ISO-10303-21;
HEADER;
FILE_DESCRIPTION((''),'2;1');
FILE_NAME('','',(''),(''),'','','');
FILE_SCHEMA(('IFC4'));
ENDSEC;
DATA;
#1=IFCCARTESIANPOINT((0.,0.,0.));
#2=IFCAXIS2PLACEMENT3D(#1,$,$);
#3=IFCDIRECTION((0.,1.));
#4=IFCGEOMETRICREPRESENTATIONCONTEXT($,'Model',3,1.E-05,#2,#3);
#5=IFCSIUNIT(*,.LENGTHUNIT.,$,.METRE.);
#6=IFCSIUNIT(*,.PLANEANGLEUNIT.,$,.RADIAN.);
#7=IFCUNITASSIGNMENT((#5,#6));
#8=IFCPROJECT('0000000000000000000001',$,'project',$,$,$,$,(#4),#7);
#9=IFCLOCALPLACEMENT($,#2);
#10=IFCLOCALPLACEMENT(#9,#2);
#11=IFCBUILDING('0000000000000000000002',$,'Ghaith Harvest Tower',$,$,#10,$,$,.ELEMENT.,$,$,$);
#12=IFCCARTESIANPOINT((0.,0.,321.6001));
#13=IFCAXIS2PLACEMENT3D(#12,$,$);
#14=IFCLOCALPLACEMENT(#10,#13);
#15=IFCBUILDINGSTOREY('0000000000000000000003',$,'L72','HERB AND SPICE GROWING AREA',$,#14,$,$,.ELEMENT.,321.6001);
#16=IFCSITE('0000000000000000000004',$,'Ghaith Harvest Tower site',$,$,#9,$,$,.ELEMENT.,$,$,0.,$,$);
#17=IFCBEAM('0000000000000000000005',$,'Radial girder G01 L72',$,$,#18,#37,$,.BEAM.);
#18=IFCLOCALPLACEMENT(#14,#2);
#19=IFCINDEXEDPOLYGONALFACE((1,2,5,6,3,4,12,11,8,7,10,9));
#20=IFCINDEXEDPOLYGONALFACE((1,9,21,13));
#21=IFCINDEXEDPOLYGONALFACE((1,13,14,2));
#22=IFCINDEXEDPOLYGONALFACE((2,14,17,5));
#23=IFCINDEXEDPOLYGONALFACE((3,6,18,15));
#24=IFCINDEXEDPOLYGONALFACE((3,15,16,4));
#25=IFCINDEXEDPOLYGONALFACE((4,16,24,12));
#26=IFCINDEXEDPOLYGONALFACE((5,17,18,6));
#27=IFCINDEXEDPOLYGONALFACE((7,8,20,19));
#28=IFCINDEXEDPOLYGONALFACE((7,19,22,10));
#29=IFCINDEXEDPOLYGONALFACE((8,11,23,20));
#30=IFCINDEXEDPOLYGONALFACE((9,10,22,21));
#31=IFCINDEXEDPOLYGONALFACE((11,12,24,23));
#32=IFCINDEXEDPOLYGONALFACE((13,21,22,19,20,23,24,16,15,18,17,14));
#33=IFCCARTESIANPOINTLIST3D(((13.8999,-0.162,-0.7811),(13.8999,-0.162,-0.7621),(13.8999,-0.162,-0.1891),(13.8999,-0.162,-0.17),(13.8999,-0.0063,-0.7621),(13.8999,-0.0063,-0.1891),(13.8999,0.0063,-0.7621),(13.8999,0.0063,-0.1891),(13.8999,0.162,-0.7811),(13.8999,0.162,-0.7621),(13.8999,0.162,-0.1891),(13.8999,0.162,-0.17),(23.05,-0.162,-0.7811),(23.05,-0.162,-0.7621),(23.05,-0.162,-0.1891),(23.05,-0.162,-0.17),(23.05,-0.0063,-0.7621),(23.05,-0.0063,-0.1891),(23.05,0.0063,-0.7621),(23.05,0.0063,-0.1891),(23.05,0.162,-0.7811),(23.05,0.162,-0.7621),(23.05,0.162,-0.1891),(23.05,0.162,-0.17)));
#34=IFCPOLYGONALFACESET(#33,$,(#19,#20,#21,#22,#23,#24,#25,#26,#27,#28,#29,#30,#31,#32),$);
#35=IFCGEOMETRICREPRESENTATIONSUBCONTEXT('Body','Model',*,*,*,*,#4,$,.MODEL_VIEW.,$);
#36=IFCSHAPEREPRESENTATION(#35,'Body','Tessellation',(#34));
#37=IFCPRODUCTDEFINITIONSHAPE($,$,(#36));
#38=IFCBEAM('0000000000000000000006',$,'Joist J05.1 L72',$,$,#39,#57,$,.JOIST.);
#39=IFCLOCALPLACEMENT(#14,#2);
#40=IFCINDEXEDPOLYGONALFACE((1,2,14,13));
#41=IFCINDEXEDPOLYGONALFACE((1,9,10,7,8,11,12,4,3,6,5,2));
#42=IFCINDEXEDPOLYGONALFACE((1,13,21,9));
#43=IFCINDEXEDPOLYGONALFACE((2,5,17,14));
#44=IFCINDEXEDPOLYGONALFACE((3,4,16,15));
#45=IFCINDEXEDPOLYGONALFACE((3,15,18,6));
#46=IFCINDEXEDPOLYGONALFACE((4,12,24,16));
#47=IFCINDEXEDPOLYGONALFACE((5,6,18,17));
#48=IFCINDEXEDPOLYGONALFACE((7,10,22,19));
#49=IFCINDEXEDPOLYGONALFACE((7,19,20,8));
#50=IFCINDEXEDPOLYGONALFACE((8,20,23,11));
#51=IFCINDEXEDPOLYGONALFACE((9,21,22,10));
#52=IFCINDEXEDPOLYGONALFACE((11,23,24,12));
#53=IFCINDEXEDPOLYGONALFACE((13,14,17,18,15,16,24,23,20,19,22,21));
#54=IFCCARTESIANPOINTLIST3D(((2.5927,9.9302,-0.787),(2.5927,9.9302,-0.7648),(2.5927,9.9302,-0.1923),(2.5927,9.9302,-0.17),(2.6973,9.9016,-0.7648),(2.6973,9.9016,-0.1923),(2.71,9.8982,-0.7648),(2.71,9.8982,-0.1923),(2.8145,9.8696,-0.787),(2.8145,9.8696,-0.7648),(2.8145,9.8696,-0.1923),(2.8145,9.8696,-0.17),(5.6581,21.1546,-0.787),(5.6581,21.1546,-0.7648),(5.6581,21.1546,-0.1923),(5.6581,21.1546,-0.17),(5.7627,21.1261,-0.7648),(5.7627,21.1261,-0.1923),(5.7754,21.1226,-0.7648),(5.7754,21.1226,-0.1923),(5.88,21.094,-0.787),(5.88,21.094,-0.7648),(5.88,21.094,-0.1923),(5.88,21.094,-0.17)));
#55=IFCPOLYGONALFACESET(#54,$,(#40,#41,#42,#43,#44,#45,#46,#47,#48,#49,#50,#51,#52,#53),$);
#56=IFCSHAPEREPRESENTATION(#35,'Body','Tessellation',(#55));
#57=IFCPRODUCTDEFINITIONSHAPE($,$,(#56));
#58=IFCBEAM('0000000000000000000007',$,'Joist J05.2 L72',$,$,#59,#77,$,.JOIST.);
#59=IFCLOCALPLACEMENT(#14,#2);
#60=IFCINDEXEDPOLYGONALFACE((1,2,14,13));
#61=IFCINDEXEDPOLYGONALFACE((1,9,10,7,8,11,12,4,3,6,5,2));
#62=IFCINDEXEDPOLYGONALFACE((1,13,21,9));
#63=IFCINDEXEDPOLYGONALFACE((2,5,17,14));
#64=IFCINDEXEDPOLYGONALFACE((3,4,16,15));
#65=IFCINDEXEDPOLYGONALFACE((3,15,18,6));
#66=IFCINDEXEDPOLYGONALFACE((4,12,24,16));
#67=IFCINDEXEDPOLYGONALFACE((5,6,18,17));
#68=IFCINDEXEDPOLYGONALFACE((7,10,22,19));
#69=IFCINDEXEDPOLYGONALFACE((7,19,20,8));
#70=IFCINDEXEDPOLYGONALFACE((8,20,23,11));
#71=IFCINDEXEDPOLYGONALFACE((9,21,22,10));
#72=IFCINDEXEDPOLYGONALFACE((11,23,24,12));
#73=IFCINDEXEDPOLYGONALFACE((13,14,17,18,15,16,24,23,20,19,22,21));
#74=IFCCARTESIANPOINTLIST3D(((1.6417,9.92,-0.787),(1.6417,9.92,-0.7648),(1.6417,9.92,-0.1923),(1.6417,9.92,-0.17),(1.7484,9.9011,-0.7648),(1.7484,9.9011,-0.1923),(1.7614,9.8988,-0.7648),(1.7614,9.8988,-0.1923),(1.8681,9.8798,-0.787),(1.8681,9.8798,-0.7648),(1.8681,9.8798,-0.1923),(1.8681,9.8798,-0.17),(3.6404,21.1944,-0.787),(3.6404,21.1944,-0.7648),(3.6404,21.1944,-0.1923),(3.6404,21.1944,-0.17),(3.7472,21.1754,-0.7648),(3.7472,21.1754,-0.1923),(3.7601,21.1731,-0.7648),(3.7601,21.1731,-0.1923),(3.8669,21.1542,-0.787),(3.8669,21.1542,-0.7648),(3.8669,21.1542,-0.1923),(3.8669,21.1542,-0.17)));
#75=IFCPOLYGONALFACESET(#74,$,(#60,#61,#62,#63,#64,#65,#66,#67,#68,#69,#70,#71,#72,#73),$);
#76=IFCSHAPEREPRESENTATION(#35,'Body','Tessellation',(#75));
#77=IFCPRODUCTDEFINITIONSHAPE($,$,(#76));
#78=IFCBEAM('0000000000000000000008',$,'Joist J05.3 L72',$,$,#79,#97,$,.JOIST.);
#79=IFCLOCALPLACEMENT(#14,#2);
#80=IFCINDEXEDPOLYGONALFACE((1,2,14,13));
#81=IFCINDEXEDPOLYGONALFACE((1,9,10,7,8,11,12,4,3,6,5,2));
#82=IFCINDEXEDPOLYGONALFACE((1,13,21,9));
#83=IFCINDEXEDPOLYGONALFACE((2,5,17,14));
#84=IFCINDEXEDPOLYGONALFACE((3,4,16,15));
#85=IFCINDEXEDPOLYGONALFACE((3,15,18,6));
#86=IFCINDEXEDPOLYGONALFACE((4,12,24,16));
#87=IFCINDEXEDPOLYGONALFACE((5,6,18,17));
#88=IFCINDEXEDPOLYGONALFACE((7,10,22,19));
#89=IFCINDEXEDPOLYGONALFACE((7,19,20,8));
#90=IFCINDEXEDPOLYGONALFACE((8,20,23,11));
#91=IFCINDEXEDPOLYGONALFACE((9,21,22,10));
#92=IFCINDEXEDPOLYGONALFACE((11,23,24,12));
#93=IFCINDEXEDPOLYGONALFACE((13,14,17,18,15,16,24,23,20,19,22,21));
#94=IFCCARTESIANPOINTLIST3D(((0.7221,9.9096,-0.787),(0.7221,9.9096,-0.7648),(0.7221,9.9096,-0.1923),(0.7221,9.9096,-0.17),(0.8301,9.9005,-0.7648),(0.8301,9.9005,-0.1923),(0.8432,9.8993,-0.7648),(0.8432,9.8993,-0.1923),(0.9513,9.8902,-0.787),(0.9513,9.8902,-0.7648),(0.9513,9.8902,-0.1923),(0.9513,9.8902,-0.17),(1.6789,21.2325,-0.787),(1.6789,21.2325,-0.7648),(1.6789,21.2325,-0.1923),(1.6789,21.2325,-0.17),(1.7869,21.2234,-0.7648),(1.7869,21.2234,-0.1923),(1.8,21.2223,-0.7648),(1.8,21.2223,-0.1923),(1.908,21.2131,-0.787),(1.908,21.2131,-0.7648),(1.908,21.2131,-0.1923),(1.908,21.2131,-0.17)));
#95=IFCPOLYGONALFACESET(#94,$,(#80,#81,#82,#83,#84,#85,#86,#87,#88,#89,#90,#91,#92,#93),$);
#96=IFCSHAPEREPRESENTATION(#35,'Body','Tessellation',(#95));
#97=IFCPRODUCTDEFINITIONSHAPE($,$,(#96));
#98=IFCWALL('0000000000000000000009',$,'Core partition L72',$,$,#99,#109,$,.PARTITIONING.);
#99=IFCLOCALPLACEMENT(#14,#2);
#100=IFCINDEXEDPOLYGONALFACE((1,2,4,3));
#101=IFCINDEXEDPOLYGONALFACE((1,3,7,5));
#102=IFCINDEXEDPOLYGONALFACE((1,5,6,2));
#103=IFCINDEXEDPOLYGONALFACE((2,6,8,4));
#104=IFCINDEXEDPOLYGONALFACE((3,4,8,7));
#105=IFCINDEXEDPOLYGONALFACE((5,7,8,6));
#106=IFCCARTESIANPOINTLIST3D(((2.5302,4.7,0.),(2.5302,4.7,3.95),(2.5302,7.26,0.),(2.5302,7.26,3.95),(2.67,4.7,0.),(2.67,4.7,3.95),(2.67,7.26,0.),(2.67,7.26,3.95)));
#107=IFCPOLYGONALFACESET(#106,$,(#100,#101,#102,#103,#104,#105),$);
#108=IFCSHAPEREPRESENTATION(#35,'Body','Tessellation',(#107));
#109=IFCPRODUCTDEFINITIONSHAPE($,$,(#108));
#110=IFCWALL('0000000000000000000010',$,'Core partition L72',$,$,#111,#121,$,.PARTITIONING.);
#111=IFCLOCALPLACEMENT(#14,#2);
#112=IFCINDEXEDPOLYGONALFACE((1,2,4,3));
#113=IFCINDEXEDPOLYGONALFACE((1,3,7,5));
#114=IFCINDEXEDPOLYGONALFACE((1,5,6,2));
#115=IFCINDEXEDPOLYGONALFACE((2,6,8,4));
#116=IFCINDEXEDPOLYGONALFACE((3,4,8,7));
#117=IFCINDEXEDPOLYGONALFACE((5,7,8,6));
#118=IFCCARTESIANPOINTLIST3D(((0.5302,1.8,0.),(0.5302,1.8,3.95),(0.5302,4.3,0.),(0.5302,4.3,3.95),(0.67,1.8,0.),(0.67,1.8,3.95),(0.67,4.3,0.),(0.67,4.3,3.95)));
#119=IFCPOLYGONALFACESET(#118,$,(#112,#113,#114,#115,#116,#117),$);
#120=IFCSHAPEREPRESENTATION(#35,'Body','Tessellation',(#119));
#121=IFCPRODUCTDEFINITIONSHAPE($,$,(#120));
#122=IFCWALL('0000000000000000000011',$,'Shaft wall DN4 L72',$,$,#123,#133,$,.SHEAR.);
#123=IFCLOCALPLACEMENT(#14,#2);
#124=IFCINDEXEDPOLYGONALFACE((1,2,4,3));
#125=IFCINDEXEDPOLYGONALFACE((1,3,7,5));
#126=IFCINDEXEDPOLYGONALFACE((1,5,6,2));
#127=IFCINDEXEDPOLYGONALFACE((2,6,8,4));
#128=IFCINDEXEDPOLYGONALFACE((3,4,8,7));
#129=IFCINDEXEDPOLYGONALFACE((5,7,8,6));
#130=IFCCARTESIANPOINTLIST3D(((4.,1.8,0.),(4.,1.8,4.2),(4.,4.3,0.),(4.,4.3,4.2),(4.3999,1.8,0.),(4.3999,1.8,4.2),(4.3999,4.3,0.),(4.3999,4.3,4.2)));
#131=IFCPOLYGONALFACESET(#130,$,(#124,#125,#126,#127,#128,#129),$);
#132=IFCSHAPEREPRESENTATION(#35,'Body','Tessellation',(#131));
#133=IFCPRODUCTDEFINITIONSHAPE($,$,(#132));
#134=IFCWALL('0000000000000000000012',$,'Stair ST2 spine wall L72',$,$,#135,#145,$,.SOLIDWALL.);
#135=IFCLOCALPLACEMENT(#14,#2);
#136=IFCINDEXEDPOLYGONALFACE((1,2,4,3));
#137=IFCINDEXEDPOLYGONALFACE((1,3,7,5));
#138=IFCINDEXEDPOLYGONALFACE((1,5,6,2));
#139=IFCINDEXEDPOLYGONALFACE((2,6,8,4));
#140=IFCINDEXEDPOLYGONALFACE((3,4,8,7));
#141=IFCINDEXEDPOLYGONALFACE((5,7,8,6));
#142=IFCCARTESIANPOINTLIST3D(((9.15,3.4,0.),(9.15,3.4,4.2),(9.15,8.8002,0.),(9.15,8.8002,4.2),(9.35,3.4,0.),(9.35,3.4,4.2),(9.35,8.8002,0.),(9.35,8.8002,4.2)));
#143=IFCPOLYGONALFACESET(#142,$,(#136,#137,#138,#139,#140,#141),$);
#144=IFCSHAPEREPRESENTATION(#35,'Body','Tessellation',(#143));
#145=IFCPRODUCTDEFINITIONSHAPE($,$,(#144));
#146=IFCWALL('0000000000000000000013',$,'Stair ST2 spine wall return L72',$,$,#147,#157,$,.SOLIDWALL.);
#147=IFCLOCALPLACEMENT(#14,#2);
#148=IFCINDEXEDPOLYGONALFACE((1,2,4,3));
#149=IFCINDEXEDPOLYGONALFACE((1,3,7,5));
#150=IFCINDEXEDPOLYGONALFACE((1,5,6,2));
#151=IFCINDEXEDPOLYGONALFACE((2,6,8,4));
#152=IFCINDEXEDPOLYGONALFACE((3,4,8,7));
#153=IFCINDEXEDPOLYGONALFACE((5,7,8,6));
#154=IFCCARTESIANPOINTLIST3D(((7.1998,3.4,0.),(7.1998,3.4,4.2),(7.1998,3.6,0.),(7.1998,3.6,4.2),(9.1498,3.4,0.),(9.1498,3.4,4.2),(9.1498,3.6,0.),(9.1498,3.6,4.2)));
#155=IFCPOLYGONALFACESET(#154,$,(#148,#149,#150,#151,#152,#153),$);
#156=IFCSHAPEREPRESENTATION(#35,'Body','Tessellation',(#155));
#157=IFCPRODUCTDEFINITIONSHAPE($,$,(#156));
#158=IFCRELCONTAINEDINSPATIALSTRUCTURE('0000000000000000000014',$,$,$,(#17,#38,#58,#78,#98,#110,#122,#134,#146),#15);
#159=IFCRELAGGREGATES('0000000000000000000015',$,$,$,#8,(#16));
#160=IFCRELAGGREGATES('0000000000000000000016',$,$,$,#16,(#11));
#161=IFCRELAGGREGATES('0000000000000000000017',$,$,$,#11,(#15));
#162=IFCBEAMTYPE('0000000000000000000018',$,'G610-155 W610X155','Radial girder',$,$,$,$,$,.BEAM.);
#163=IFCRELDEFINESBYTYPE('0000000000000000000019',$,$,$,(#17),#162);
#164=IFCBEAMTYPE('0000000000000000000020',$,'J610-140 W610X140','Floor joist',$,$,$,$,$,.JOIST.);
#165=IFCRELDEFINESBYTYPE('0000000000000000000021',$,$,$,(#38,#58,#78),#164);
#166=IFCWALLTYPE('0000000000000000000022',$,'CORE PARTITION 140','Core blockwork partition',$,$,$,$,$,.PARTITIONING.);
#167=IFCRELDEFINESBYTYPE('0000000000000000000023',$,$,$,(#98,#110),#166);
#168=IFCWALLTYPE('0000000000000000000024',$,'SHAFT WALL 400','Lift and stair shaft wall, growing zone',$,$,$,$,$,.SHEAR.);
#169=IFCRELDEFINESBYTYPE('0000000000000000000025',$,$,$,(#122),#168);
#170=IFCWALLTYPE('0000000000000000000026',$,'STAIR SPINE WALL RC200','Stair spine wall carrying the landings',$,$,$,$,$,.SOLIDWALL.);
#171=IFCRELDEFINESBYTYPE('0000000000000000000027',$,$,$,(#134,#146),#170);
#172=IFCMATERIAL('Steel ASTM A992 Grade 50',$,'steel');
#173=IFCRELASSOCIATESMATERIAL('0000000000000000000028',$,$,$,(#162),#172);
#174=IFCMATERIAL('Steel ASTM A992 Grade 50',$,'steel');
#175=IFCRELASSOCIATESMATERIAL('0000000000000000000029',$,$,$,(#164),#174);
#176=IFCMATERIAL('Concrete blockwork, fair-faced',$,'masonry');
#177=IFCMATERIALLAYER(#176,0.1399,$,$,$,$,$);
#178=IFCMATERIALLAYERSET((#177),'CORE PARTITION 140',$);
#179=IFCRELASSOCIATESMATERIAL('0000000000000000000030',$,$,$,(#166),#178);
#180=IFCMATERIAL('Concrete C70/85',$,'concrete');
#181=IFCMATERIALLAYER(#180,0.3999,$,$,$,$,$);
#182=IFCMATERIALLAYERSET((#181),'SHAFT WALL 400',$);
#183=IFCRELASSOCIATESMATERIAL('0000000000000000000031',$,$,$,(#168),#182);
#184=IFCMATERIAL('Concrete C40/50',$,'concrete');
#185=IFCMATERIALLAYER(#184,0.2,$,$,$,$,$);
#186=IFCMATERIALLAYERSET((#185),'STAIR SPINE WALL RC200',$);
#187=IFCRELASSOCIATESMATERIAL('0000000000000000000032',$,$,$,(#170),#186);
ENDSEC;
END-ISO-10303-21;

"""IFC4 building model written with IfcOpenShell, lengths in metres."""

from ifc_helpers import new_model, si_unit, direction, frame, frame_2d, origin, origin_2d, place, context, subcontext, project, spatial, rectangle, i_section, extrude, material, layer, layer_set, material_profile, profile_set, type_object, element, save


model = new_model("IFC4")

# Units and contexts
model_context = context("Model", 3, precision=1e-05, world=origin(), true_north=direction((0.0, 1.0)))
body_context = subcontext(model_context, "Body", "Model", "MODEL_VIEW")
ifc_project = project(units=[si_unit("LENGTHUNIT", "METRE"), si_unit("PLANEANGLEUNIT", "RADIAN")], contexts=[model_context])

# Site, building, storey
site_placement = place(None, origin())
site = spatial("IfcSite", under=ifc_project, at=site_placement, Name="Ghaith Harvest Tower site", CompositionType="ELEMENT", RefElevation=0.0)
building_placement = place(site_placement, origin())
building = spatial("IfcBuilding", under=site, at=building_placement, Name="Ghaith Harvest Tower", CompositionType="ELEMENT")
storey_placement = place(building_placement, frame((0.0, 0.0, 321.6001)))
storey = spatial("IfcBuildingStorey", under=building, at=storey_placement, Name="L72", Description="HERB AND SPICE GROWING AREA", CompositionType="ELEMENT", Elevation=321.6001)

# Beams
ifc_material_1 = material(Name="Steel ASTM A992 Grade 50", Category="steel")
ifc_material_profile_1 = material_profile(ifc_material_1, i_section(OverallWidth=0.324, OverallDepth=0.6111, WebThickness=0.0127, FlangeThickness=0.019, at=origin_2d()), Name="W610X155")
ifc_profile_set_1 = profile_set([ifc_material_profile_1], Name="Steel ASTM A992 Grade 50")
beam_type_1 = type_object("IfcBeamType", Name="G610-155 W610X155", Description="Radial girder", PredefinedType="BEAM", material=ifc_profile_set_1)
beam_1_placement = place(storey_placement, frame((13.8999, 0.0, -0.4756), z_axis=(1.0, 0.0, 0.0), x_axis=(0.0, 1.0, 0.0)))
element("IfcBeam", 1, at=beam_1_placement, inside=storey, type_object=beam_type_1, Name="Radial girder G01 L72", PredefinedType="BEAM", context=body_context, shape_type="SweptSolid", body=[
    extrude(i_section(OverallWidth=0.324, OverallDepth=0.6111, WebThickness=0.0127, FlangeThickness=0.019, at=origin_2d()), origin(), (0.0, 0.0, 1.0), 9.1501),
])
ifc_material_2 = material(Name="Steel ASTM A992 Grade 50", Category="steel")
ifc_material_profile_2 = material_profile(ifc_material_2, i_section(OverallWidth=0.23, OverallDepth=0.6169, WebThickness=0.0132, FlangeThickness=0.0222, at=origin_2d()), Name="W610X140")
ifc_profile_set_2 = profile_set([ifc_material_profile_2], Name="Steel ASTM A992 Grade 50")
beam_type_2 = type_object("IfcBeamType", Name="J610-140 W610X140", Description="Floor joist", PredefinedType="JOIST", material=ifc_profile_set_2)
beam_2_placement = place(storey_placement, frame((2.7036, 9.8999, -0.4785), z_axis=(0.263456, 0.964671, 0.0), x_axis=(-0.964671, 0.263456, 0.0)))
element("IfcBeam", 2, at=beam_2_placement, inside=storey, type_object=beam_type_2, Name="Joist J05.1 L72", PredefinedType="JOIST", context=body_context, shape_type="SweptSolid", body=[
    extrude(i_section(OverallWidth=0.23, OverallDepth=0.6169, WebThickness=0.0132, FlangeThickness=0.0222, at=origin_2d()), origin(), (0.0, 0.0, 1.0), 11.6355),
])
beam_3_placement = place(storey_placement, frame((1.7549, 9.8999, -0.4785), z_axis=(0.174563, 0.984646, 0.0), x_axis=(-0.984646, 0.174563, 0.0)))
element("IfcBeam", 3, at=beam_3_placement, inside=storey, type_object=beam_type_2, Name="Joist J05.2 L72", PredefinedType="JOIST", context=body_context, shape_type="SweptSolid", body=[
    extrude(i_section(OverallWidth=0.23, OverallDepth=0.6169, WebThickness=0.0132, FlangeThickness=0.0222, at=origin_2d()), origin(), (0.0, 0.0, 1.0), 11.4502),
])
beam_4_placement = place(storey_placement, frame((0.8367, 9.8999, -0.4785), z_axis=(0.084199, 0.996449, 0.0), x_axis=(-0.996449, 0.084199, 0.0)))
element("IfcBeam", 4, at=beam_4_placement, inside=storey, type_object=beam_type_2, Name="Joist J05.3 L72", PredefinedType="JOIST", context=body_context, shape_type="SweptSolid", body=[
    extrude(i_section(OverallWidth=0.23, OverallDepth=0.6169, WebThickness=0.0132, FlangeThickness=0.0222, at=origin_2d()), origin(), (0.0, 0.0, 1.0), 11.3633),
])

# Walls
ifc_material_3 = material(Name="Concrete blockwork, fair-faced", Category="masonry")
ifc_layer_1 = layer(ifc_material_3, 0.1399)
ifc_layer_set_1 = layer_set([ifc_layer_1], Name="CORE PARTITION 140")
wall_type_1 = type_object("IfcWallType", Name="CORE PARTITION 140", Description="Core blockwork partition", PredefinedType="PARTITIONING", material=ifc_layer_set_1)
wall_1_placement = place(storey_placement, frame((2.6001, 4.7, 0.0), z_axis=(0.0, 0.0, 1.0), x_axis=(0.0, 1.0, 0.0)))
element("IfcWall", 5, at=wall_1_placement, inside=storey, type_object=wall_type_1, Name="Core partition L72", PredefinedType="PARTITIONING", context=body_context, shape_type="SweptSolid", body=[
    extrude(rectangle(XDim=2.5601, YDim=0.1399, at=frame_2d((1.28, 0.0))), origin(), (0.0, 0.0, 1.0), 3.95),
])
wall_2_placement = place(storey_placement, frame((0.6001, 1.8, 0.0), z_axis=(0.0, 0.0, 1.0), x_axis=(0.0, 1.0, 0.0)))
element("IfcWall", 6, at=wall_2_placement, inside=storey, type_object=wall_type_1, Name="Core partition L72", PredefinedType="PARTITIONING", context=body_context, shape_type="SweptSolid", body=[
    extrude(rectangle(XDim=2.5, YDim=0.1399, at=frame_2d((1.25, 0.0))), origin(), (0.0, 0.0, 1.0), 3.95),
])

# Shared definitions
ifc_material_4 = material(Name="Concrete C70/85", Category="concrete")
ifc_layer_2 = layer(ifc_material_4, 0.3999)
ifc_layer_set_2 = layer_set([ifc_layer_2], Name="SHAFT WALL 400")
wall_type_2 = type_object("IfcWallType", Name="SHAFT WALL 400", Description="Lift and stair shaft wall, growing zone", PredefinedType="SHEAR", material=ifc_layer_set_2)

# Walls
wall_3_placement = place(storey_placement, frame((4.2, 1.8, 0.0), z_axis=(0.0, 0.0, 1.0), x_axis=(0.0, 1.0, 0.0)))
element("IfcWall", 7, at=wall_3_placement, inside=storey, type_object=wall_type_2, Name="Shaft wall DN4 L72", PredefinedType="SHEAR", context=body_context, shape_type="SweptSolid", body=[
    extrude(rectangle(XDim=2.5, YDim=0.3999, at=frame_2d((1.25, 0.0))), origin(), (0.0, 0.0, 1.0), 4.2),
])
ifc_material_5 = material(Name="Concrete C40/50", Category="concrete")
ifc_layer_3 = layer(ifc_material_5, 0.2)
ifc_layer_set_3 = layer_set([ifc_layer_3], Name="STAIR SPINE WALL RC200")
wall_type_3 = type_object("IfcWallType", Name="STAIR SPINE WALL RC200", Description="Stair spine wall carrying the landings", PredefinedType="SOLIDWALL", material=ifc_layer_set_3)
wall_4_placement = place(storey_placement, frame((9.25, 3.3999, 0.0), z_axis=(0.0, 0.0, 1.0), x_axis=(0.0, 1.0, 0.0)))
element("IfcWall", 8, at=wall_4_placement, inside=storey, type_object=wall_type_3, Name="Stair ST2 spine wall L72", PredefinedType="SOLIDWALL", context=body_context, shape_type="SweptSolid", body=[
    extrude(rectangle(XDim=5.4001, YDim=0.2, at=frame_2d((2.7002, 0.0))), origin(), (0.0, 0.0, 1.0), 4.2),
])
wall_5_placement = place(storey_placement, frame((9.1499, 3.5, 0.0), z_axis=(0.0, 0.0, 1.0), x_axis=(-1.0, 0.0, 0.0)))
element("IfcWall", 9, at=wall_5_placement, inside=storey, type_object=wall_type_3, Name="Stair ST2 spine wall return L72", PredefinedType="SOLIDWALL", context=body_context, shape_type="SweptSolid", body=[
    extrude(rectangle(XDim=1.95, YDim=0.2, at=frame_2d((0.9751, 0.0))), origin(), (0.0, 0.0, 1.0), 4.2),
])

save(model, "model.ifc")
